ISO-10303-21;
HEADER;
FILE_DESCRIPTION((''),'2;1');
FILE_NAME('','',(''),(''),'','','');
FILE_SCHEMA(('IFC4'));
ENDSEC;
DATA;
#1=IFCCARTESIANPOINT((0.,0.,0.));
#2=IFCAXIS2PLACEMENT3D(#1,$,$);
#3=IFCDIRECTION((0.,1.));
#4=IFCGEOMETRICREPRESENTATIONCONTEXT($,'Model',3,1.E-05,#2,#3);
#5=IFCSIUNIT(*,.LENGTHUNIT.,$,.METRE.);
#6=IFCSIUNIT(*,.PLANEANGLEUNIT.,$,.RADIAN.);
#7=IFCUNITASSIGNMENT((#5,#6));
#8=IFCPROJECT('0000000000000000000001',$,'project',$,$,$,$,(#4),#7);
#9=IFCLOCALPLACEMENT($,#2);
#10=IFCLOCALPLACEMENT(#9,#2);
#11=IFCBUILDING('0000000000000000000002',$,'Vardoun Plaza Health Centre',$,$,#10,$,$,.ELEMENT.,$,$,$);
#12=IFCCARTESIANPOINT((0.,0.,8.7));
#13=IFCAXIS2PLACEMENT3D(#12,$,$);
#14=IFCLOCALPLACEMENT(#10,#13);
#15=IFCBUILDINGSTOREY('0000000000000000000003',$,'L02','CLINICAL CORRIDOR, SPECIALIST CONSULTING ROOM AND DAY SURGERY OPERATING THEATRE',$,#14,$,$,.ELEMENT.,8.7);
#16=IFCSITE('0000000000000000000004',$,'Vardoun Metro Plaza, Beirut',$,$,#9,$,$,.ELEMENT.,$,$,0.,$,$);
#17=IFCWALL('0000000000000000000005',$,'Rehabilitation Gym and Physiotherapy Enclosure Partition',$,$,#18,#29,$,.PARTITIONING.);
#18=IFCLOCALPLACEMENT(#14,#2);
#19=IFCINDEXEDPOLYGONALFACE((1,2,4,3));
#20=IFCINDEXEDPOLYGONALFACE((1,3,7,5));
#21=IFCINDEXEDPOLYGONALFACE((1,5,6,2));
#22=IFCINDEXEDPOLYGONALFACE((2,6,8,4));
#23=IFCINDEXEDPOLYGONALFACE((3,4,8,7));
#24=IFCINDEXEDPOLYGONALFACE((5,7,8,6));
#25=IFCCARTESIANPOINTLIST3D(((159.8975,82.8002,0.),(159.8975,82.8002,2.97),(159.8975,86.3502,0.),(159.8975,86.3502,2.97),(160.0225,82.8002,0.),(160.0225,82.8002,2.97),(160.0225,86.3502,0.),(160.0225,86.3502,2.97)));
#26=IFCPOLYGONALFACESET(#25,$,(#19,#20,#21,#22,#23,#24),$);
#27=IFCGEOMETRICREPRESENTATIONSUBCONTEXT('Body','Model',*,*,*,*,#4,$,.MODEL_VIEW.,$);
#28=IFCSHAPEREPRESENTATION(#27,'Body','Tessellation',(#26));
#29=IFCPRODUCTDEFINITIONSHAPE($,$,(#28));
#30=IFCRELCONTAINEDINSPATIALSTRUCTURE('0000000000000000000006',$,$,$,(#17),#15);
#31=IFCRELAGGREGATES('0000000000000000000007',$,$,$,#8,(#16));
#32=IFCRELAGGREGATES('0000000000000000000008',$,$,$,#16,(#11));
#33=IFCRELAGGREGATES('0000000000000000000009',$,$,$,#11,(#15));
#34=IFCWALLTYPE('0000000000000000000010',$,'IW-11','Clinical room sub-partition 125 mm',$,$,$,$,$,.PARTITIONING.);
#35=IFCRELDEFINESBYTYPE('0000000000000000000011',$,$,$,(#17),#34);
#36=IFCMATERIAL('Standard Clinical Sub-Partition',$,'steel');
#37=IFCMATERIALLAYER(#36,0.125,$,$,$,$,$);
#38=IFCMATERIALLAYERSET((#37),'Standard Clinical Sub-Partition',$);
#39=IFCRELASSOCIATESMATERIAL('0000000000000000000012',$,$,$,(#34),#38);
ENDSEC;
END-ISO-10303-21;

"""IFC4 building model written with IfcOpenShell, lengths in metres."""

from ifc_helpers import new_model, si_unit, direction, frame, frame_2d, origin, place, context, subcontext, project, spatial, rectangle, extrude, material, layer, layer_set, type_object, element, save


model = new_model("IFC4")

# Units and contexts
model_context = context("Model", 3, precision=1e-05, world=origin(), true_north=direction((0.0, 1.0)))
body_context = subcontext(model_context, "Body", "Model", "MODEL_VIEW")
ifc_project = project(units=[si_unit("LENGTHUNIT", "METRE"), si_unit("PLANEANGLEUNIT", "RADIAN")], contexts=[model_context])

# Site, building, storey
site_placement = place(None, origin())
site = spatial("IfcSite", under=ifc_project, at=site_placement, Name="Vardoun Metro Plaza, Beirut", CompositionType="ELEMENT", RefElevation=0.0)
building_placement = place(site_placement, origin())
building = spatial("IfcBuilding", under=site, at=building_placement, Name="Vardoun Plaza Health Centre", CompositionType="ELEMENT")
storey_placement = place(building_placement, frame((0.0, 0.0, 8.7)))
storey = spatial("IfcBuildingStorey", under=building, at=storey_placement, Name="L02", Description="CLINICAL CORRIDOR, SPECIALIST CONSULTING ROOM AND DAY SURGERY OPERATING THEATRE", CompositionType="ELEMENT", Elevation=8.7)

# Wall
ifc_material_1 = material(Name="Standard Clinical Sub-Partition", Category="steel")
ifc_layer_1 = layer(ifc_material_1, 0.125)
ifc_layer_set_1 = layer_set([ifc_layer_1], Name="Standard Clinical Sub-Partition")
wall_type_1 = type_object("IfcWallType", Name="IW-11", Description="Clinical room sub-partition 125 mm", PredefinedType="PARTITIONING", material=ifc_layer_set_1)
wall_1_placement = place(storey_placement, frame((159.96, 86.3501, 0.0), z_axis=(0.0, 0.0, 1.0), x_axis=(0.0, -1.0, 0.0)))
element("IfcWall", 1, at=wall_1_placement, inside=storey, type_object=wall_type_1, Name="Rehabilitation Gym and Physiotherapy Enclosure Partition", PredefinedType="PARTITIONING", context=body_context, shape_type="SweptSolid", body=[
    extrude(rectangle(XDim=3.55, YDim=0.125, at=frame_2d((1.7749, 0.0))), origin(), (0.0, 0.0, 1.0), 2.97),
])

save(model, "model.ifc")
